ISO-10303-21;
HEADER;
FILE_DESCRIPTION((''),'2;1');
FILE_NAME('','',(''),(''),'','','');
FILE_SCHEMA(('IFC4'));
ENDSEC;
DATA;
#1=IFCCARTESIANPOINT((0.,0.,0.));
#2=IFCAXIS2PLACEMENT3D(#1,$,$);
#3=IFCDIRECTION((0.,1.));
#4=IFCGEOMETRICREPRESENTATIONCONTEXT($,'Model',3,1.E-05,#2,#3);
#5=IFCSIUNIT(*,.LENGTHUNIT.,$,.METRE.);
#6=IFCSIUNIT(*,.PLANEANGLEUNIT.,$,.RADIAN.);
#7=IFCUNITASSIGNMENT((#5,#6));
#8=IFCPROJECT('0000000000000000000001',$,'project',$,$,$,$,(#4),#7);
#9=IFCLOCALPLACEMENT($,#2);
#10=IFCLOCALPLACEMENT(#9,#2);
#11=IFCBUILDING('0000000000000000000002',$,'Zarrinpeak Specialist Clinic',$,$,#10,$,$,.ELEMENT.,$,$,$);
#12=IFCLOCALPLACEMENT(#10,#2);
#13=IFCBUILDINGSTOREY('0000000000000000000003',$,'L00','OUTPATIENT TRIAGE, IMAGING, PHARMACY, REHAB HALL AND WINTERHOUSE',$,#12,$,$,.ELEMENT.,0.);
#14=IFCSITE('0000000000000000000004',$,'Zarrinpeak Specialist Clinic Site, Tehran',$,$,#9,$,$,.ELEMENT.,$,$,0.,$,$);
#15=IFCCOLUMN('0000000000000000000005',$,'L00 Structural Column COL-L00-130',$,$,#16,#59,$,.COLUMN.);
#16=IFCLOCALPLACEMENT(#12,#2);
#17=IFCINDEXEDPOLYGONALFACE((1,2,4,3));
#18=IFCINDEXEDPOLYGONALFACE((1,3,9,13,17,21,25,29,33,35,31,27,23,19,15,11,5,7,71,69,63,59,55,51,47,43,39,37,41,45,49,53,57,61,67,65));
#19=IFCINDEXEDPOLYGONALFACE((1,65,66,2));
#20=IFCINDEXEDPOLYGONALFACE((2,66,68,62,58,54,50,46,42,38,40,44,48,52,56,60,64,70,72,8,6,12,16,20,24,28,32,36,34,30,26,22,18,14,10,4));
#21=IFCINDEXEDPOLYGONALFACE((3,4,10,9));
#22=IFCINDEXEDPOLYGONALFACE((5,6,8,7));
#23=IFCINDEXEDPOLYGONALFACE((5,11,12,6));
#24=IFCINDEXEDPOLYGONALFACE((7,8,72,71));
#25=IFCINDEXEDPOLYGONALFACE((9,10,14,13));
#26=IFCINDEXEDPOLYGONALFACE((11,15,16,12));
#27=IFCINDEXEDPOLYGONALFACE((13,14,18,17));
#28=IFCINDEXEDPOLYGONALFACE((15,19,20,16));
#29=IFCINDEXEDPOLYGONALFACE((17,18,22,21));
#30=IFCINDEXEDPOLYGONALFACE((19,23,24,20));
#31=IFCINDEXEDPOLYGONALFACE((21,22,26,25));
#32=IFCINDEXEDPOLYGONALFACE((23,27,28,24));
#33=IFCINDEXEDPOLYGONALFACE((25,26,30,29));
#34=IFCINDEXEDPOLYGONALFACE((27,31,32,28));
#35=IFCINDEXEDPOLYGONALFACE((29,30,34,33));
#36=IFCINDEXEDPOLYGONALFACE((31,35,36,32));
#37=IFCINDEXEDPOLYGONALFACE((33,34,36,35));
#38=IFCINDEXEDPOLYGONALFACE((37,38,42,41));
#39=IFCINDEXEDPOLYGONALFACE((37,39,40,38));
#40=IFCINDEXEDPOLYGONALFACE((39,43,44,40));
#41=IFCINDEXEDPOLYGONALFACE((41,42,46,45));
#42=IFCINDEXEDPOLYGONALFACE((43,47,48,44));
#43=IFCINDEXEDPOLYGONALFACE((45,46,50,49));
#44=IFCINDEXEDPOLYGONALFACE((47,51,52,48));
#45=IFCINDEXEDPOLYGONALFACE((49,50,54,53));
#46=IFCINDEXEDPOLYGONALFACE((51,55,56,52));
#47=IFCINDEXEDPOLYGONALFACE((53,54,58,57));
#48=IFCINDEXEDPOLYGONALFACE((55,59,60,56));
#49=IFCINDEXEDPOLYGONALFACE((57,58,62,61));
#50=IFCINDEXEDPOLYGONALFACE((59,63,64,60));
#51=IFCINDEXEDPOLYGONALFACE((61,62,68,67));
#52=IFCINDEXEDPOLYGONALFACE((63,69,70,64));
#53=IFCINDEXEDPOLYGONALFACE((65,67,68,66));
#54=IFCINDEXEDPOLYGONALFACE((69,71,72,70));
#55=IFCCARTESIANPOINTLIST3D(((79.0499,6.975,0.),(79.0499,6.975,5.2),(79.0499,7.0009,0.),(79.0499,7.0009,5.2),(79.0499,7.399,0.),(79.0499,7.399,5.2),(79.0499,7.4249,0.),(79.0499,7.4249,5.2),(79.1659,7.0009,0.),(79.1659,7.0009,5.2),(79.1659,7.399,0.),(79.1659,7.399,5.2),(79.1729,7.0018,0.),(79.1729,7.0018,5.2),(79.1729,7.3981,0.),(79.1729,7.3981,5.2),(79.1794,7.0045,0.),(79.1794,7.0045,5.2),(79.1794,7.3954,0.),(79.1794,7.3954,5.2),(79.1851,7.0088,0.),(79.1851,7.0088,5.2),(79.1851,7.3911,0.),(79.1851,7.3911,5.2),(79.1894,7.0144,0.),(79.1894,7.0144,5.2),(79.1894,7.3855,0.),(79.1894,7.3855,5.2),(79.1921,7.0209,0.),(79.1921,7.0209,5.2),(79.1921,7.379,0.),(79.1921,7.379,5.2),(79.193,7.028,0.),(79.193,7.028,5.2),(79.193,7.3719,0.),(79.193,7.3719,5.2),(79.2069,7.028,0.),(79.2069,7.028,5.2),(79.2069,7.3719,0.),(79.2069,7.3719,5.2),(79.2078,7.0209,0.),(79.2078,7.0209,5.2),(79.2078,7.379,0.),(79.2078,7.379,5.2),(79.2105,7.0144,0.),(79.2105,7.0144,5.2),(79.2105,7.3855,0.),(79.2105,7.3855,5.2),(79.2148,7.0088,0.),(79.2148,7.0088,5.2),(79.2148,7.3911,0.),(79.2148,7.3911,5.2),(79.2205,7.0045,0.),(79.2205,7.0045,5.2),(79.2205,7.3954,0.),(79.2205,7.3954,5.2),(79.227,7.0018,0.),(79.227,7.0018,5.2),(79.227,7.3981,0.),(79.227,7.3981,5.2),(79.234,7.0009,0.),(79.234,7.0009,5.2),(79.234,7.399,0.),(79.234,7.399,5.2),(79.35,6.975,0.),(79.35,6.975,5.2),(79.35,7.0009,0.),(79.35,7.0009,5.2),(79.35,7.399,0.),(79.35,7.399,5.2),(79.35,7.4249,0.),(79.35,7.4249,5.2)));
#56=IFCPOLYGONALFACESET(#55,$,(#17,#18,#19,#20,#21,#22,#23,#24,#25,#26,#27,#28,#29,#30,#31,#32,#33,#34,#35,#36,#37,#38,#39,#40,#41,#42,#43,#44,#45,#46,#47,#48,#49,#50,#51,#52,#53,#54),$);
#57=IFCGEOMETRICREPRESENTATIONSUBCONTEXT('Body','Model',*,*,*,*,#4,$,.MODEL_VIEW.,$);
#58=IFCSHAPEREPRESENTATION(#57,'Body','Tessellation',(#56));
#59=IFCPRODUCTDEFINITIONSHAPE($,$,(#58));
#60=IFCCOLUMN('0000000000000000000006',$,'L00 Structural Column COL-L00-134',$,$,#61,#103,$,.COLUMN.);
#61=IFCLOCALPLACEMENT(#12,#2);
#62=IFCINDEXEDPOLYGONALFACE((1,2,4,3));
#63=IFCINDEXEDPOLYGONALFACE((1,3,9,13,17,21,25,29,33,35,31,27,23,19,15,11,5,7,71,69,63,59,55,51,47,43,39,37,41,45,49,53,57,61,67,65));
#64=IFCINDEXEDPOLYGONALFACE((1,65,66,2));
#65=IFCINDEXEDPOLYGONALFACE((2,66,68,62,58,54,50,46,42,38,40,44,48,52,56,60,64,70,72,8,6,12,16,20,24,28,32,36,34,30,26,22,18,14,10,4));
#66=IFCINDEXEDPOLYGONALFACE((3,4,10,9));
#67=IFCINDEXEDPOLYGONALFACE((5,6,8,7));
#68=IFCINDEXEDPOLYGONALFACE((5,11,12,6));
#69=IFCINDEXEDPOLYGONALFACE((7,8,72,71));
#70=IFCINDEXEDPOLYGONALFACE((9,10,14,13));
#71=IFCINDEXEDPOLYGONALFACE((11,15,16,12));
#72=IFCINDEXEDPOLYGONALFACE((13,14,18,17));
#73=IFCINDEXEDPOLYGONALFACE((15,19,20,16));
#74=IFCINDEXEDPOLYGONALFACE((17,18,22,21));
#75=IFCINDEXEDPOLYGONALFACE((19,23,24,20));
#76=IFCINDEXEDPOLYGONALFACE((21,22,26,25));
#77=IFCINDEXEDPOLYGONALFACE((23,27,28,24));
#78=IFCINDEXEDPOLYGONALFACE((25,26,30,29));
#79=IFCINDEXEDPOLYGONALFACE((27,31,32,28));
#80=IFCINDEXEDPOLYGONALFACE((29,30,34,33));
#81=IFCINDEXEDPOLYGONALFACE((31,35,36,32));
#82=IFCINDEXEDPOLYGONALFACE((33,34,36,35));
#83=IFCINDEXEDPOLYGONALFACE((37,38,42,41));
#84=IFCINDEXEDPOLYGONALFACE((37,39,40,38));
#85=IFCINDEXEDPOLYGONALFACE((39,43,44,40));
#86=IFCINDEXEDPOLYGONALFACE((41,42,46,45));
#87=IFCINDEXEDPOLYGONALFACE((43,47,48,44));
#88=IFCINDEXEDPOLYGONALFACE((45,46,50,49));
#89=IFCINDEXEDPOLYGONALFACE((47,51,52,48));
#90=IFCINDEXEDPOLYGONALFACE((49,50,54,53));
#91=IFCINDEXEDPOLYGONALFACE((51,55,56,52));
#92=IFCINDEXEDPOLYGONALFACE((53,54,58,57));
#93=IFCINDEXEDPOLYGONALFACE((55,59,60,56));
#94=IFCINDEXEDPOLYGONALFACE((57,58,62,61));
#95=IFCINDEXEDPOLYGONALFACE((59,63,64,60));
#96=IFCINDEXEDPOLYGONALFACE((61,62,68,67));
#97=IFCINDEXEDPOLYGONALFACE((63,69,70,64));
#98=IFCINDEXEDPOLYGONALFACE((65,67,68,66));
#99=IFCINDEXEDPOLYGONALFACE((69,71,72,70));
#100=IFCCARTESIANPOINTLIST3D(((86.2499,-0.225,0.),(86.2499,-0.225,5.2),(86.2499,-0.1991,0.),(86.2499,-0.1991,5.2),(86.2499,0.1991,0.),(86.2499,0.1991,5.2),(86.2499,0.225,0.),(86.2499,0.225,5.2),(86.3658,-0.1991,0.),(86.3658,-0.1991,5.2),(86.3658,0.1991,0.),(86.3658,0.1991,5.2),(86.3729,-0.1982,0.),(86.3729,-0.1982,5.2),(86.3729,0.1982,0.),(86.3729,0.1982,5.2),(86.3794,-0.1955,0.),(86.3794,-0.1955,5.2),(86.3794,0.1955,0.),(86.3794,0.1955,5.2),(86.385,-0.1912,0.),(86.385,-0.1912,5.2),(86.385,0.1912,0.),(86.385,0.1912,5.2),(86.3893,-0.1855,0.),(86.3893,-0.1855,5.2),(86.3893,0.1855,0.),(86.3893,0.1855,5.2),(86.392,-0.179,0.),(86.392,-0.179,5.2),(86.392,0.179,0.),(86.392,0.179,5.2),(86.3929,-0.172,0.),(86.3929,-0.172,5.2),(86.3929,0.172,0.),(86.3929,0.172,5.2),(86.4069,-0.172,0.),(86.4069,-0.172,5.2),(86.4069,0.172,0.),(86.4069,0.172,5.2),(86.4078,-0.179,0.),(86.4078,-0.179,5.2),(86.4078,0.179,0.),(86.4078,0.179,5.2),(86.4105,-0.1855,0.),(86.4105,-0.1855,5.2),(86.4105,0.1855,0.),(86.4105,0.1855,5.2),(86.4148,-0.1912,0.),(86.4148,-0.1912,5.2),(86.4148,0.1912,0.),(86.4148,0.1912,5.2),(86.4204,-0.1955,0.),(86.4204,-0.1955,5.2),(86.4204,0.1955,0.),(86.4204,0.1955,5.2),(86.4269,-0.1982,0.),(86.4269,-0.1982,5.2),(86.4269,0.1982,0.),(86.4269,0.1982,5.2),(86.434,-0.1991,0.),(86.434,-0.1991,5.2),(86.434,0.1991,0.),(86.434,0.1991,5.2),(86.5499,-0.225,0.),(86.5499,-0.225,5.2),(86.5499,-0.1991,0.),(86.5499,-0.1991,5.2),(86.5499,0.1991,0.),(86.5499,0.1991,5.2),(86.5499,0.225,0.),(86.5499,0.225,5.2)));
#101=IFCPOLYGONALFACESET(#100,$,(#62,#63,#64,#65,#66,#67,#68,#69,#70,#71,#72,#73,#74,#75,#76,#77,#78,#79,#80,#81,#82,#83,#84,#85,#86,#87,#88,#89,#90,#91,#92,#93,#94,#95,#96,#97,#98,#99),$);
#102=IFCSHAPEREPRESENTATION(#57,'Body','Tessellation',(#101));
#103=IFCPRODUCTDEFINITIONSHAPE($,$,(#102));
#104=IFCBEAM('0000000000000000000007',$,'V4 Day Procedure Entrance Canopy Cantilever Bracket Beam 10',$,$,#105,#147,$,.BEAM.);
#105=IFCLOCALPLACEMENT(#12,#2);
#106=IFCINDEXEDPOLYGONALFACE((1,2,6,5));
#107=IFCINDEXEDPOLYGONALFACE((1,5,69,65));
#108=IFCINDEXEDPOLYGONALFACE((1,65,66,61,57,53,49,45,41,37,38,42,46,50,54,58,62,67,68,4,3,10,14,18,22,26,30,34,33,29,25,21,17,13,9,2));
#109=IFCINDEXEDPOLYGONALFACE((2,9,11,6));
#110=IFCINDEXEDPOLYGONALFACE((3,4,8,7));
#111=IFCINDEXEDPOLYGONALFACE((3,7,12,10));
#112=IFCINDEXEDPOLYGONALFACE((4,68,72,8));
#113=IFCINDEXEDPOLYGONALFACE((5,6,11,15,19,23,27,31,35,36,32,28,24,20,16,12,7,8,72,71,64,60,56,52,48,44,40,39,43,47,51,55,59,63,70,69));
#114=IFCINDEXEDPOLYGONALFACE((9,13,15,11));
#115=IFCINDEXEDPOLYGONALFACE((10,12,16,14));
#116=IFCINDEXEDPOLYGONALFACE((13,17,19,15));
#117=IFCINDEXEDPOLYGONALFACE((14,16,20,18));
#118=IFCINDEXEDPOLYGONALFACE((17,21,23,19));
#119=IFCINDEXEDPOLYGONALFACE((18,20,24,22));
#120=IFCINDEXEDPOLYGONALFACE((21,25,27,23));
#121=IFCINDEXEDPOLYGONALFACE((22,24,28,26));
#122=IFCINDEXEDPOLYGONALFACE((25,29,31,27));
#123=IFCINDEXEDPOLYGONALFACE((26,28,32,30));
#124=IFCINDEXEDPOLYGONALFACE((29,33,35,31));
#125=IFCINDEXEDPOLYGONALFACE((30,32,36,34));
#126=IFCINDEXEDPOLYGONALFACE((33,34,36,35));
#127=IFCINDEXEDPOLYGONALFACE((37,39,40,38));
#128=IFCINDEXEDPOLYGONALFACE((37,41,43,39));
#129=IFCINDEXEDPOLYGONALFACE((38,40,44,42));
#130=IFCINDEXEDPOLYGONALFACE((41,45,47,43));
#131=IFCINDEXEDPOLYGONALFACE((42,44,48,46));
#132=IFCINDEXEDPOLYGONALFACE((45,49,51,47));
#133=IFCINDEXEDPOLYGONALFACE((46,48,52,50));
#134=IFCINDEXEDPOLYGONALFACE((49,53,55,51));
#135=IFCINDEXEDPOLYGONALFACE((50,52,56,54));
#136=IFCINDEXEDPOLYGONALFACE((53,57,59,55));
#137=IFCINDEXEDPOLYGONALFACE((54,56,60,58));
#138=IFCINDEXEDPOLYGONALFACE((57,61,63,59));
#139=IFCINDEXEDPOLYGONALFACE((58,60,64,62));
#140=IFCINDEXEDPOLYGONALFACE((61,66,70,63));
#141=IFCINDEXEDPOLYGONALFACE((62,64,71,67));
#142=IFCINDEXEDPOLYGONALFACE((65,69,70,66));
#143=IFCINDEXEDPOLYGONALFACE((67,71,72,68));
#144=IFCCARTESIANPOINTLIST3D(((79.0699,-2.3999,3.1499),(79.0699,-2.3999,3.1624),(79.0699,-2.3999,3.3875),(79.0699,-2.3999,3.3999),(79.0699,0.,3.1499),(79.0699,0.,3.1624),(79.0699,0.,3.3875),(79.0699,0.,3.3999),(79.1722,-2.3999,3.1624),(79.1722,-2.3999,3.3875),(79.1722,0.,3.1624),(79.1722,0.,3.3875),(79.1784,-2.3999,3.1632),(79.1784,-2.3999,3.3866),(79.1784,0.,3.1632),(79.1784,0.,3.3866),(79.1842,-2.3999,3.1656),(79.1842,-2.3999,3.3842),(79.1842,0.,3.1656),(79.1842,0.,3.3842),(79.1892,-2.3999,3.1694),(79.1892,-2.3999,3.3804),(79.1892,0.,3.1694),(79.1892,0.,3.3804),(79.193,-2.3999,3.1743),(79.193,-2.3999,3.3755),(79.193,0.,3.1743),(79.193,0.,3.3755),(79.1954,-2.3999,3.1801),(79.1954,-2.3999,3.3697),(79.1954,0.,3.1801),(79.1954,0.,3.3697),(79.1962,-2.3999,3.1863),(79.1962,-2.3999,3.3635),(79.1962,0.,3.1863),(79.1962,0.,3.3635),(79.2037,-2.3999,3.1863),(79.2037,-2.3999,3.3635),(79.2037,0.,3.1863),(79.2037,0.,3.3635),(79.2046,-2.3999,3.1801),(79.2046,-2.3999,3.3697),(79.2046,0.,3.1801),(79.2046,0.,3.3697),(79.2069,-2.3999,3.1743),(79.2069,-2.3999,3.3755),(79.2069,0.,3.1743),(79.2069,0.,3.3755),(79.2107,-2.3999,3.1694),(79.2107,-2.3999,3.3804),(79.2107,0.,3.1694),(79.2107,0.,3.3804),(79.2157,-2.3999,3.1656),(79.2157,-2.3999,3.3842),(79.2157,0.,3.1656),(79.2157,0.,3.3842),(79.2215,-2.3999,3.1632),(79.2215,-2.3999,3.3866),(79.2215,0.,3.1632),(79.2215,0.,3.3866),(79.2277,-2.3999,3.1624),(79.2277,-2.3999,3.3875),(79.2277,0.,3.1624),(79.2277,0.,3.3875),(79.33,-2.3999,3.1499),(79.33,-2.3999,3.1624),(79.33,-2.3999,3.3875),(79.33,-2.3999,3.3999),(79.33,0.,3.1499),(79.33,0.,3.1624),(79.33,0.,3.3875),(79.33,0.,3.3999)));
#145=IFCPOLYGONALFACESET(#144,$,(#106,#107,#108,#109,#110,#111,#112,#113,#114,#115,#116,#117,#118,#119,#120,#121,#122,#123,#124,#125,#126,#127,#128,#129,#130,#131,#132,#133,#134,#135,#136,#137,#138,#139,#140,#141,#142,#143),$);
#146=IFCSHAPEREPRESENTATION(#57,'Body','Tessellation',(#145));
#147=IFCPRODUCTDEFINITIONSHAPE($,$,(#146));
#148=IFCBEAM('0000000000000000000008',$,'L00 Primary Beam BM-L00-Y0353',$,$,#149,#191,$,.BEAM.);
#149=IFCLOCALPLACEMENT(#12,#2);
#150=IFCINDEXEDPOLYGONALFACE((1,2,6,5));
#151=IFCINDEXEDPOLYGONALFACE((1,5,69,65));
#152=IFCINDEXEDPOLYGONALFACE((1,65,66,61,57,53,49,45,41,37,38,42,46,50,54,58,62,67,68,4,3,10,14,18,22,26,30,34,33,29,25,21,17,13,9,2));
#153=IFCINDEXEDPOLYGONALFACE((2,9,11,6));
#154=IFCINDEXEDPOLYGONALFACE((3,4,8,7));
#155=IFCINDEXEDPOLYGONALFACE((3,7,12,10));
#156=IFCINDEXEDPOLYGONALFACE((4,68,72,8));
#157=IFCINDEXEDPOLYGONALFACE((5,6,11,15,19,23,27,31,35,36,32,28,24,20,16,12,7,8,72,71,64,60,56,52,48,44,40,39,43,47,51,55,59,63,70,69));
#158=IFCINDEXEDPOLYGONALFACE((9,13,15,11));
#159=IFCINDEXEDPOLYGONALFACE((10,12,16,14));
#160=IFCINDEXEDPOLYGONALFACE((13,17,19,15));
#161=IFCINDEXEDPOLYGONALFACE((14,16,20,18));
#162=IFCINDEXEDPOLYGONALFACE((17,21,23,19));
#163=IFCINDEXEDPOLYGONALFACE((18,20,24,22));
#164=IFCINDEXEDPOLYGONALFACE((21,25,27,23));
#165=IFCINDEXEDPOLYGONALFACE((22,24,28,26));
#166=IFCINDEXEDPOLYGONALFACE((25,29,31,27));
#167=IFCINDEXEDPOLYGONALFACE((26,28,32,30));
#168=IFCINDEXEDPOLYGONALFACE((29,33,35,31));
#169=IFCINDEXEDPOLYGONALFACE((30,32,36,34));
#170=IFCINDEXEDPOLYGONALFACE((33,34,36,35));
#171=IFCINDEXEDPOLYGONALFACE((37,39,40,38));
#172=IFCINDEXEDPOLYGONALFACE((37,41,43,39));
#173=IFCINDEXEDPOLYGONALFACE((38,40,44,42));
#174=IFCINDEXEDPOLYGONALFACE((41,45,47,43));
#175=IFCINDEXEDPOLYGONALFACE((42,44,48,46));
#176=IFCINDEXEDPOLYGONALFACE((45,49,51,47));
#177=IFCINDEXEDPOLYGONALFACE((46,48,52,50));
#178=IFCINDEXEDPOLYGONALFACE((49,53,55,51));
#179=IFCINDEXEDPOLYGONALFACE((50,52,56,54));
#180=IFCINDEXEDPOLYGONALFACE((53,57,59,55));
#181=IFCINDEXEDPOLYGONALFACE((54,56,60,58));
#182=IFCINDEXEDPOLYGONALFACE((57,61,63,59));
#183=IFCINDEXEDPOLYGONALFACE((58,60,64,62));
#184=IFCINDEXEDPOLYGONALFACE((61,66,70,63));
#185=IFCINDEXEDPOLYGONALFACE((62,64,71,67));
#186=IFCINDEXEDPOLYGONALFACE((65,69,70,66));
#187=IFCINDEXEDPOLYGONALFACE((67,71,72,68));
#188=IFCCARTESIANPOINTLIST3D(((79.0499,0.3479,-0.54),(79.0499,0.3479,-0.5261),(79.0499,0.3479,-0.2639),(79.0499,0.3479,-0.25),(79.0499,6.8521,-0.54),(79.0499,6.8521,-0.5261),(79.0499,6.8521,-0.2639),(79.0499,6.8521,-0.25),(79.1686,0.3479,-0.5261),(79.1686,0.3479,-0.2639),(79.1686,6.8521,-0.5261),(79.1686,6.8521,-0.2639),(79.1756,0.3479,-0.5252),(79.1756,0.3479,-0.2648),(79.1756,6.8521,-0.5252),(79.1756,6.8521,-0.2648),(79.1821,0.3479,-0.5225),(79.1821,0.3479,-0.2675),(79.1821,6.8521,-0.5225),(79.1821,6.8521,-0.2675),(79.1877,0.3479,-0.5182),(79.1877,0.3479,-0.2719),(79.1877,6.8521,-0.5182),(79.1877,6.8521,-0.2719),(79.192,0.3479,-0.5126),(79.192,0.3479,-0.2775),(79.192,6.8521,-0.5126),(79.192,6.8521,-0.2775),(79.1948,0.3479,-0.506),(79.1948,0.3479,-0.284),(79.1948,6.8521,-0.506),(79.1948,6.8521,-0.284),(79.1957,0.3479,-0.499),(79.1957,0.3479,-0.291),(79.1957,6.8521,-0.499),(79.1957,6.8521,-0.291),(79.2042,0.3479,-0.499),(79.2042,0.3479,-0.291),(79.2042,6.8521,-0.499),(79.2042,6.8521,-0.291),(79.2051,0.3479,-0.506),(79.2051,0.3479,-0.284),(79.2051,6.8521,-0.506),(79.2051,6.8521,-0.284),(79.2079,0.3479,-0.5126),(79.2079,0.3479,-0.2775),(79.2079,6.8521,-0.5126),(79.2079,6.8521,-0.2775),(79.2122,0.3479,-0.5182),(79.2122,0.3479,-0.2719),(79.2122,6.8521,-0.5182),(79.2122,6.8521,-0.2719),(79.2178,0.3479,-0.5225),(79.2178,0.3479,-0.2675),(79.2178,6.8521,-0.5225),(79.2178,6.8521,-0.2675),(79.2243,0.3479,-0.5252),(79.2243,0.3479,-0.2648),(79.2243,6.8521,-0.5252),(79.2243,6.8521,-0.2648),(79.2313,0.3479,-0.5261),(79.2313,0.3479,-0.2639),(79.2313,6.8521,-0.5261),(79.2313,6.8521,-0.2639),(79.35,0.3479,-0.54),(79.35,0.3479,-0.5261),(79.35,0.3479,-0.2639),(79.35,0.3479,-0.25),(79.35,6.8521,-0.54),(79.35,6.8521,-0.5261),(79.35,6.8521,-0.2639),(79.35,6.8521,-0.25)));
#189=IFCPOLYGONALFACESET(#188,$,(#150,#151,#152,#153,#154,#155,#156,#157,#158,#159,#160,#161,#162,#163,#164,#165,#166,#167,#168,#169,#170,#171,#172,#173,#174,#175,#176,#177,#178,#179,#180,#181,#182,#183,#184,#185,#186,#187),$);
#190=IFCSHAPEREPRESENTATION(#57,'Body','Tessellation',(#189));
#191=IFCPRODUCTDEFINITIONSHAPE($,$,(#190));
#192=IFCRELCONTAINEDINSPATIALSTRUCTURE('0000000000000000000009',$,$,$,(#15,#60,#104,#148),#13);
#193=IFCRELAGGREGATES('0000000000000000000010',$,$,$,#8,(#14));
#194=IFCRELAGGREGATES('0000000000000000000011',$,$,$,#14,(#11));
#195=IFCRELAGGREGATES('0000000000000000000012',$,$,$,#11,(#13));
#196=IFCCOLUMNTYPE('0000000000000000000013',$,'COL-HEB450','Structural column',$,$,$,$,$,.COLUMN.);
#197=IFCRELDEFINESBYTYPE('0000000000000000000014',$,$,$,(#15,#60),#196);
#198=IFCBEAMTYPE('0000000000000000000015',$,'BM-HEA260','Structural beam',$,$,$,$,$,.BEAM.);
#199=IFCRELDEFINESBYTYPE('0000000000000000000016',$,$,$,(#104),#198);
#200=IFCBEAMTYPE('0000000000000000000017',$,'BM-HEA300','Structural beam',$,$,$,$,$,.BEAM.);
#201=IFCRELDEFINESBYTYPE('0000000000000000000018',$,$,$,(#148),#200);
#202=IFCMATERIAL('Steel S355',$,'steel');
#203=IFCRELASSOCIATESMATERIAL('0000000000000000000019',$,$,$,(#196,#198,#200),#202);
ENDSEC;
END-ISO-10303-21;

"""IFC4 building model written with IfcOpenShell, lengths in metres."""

from ifc_helpers import new_model, si_unit, direction, frame, origin, origin_2d, place, context, subcontext, project, spatial, i_section, extrude, material, material_profile, profile_set, type_object, element, save


model = new_model("IFC4")

# Units and contexts
model_context = context("Model", 3, precision=1e-05, world=origin(), true_north=direction((0.0, 1.0)))
body_context = subcontext(model_context, "Body", "Model", "MODEL_VIEW")
ifc_project = project(units=[si_unit("LENGTHUNIT", "METRE"), si_unit("PLANEANGLEUNIT", "RADIAN")], contexts=[model_context])

# Site, building, storey
site_placement = place(None, origin())
site = spatial("IfcSite", under=ifc_project, at=site_placement, Name="Zarrinpeak Specialist Clinic Site, Tehran", CompositionType="ELEMENT", RefElevation=0.0)
building_placement = place(site_placement, origin())
building = spatial("IfcBuilding", under=site, at=building_placement, Name="Zarrinpeak Specialist Clinic", CompositionType="ELEMENT")
storey_placement = place(building_placement, origin())
storey = spatial("IfcBuildingStorey", under=building, at=storey_placement, Name="L00", Description="OUTPATIENT TRIAGE, IMAGING, PHARMACY, REHAB HALL AND WINTERHOUSE", CompositionType="ELEMENT", Elevation=0.0)

# Columns
ifc_material_1 = material(Name="Steel S355", Category="steel")
ifc_material_profile_1 = material_profile(ifc_material_1, i_section(OverallWidth=0.3, OverallDepth=0.45, WebThickness=0.0139, FlangeThickness=0.0259, FilletRadius=0.0271, at=origin_2d()), Name="HEB 450")
ifc_profile_set_1 = profile_set([ifc_material_profile_1], Name="Steel S355")
column_type = type_object("IfcColumnType", Name="COL-HEB450", Description="Structural column", PredefinedType="COLUMN", material=ifc_profile_set_1)
for number, where, z_axis, x_axis, name in (
    (1, (79.2, 7.2, 0.0), (0.0, 0.0, 1.0), (1.0, 0.0, 0.0), "L00 Structural Column COL-L00-130"),
    (2, (86.3999, 0.0, 0.0), (0.0, 0.0, 1.0), (1.0, 0.0, 0.0), "L00 Structural Column COL-L00-134"),
):
    element("IfcColumn", number, at=place(storey_placement, frame(where, z_axis=z_axis, x_axis=x_axis)), inside=storey, type_object=column_type, Name=name, PredefinedType="COLUMN", context=body_context, shape_type="SweptSolid", body=[
        extrude(i_section(OverallWidth=0.3, OverallDepth=0.45, WebThickness=0.0139, FlangeThickness=0.0259, FilletRadius=0.0271, at=origin_2d()), origin(), (0.0, 0.0, 1.0), 5.2),
    ])

# Beams
ifc_material_profile_2 = material_profile(ifc_material_1, i_section(OverallWidth=0.26, OverallDepth=0.25, WebThickness=0.0076, FlangeThickness=0.0125, FilletRadius=0.0239, at=origin_2d()), Name="HEA 260")
ifc_profile_set_2 = profile_set([ifc_material_profile_2], Name="Steel S355")
beam_type_1 = type_object("IfcBeamType", Name="BM-HEA260", Description="Structural beam", PredefinedType="BEAM", material=ifc_profile_set_2)
beam_1_placement = place(storey_placement, frame((79.2, 0.0, 3.2749), z_axis=(0.0, -1.0, 0.0), x_axis=(1.0, 0.0, 0.0)))
element("IfcBeam", 3, at=beam_1_placement, inside=storey, type_object=beam_type_1, Name="V4 Day Procedure Entrance Canopy Cantilever Bracket Beam 10", PredefinedType="BEAM", context=body_context, shape_type="SweptSolid", body=[
    extrude(i_section(OverallWidth=0.26, OverallDepth=0.25, WebThickness=0.0076, FlangeThickness=0.0125, FilletRadius=0.0239, at=origin_2d()), origin(), (0.0, 0.0, 1.0), 2.3999),
])
ifc_material_profile_3 = material_profile(ifc_material_1, i_section(OverallWidth=0.3, OverallDepth=0.29, WebThickness=0.0085, FlangeThickness=0.0139, FilletRadius=0.0271, at=origin_2d()), Name="HEA 300")
ifc_profile_set_3 = profile_set([ifc_material_profile_3], Name="Steel S355")
beam_type_2 = type_object("IfcBeamType", Name="BM-HEA300", Description="Structural beam", PredefinedType="BEAM", material=ifc_profile_set_3)
beam_2_placement = place(storey_placement, frame((79.2, 0.3479, -0.395), z_axis=(0.0, 1.0, 0.0), x_axis=(-1.0, 0.0, 0.0)))
element("IfcBeam", 4, at=beam_2_placement, inside=storey, type_object=beam_type_2, Name="L00 Primary Beam BM-L00-Y0353", PredefinedType="BEAM", context=body_context, shape_type="SweptSolid", body=[
    extrude(i_section(OverallWidth=0.3, OverallDepth=0.29, WebThickness=0.0085, FlangeThickness=0.0139, FilletRadius=0.0271, at=origin_2d()), origin(), (0.0, 0.0, 1.0), 6.5042),
])

save(model, "model.ifc")
